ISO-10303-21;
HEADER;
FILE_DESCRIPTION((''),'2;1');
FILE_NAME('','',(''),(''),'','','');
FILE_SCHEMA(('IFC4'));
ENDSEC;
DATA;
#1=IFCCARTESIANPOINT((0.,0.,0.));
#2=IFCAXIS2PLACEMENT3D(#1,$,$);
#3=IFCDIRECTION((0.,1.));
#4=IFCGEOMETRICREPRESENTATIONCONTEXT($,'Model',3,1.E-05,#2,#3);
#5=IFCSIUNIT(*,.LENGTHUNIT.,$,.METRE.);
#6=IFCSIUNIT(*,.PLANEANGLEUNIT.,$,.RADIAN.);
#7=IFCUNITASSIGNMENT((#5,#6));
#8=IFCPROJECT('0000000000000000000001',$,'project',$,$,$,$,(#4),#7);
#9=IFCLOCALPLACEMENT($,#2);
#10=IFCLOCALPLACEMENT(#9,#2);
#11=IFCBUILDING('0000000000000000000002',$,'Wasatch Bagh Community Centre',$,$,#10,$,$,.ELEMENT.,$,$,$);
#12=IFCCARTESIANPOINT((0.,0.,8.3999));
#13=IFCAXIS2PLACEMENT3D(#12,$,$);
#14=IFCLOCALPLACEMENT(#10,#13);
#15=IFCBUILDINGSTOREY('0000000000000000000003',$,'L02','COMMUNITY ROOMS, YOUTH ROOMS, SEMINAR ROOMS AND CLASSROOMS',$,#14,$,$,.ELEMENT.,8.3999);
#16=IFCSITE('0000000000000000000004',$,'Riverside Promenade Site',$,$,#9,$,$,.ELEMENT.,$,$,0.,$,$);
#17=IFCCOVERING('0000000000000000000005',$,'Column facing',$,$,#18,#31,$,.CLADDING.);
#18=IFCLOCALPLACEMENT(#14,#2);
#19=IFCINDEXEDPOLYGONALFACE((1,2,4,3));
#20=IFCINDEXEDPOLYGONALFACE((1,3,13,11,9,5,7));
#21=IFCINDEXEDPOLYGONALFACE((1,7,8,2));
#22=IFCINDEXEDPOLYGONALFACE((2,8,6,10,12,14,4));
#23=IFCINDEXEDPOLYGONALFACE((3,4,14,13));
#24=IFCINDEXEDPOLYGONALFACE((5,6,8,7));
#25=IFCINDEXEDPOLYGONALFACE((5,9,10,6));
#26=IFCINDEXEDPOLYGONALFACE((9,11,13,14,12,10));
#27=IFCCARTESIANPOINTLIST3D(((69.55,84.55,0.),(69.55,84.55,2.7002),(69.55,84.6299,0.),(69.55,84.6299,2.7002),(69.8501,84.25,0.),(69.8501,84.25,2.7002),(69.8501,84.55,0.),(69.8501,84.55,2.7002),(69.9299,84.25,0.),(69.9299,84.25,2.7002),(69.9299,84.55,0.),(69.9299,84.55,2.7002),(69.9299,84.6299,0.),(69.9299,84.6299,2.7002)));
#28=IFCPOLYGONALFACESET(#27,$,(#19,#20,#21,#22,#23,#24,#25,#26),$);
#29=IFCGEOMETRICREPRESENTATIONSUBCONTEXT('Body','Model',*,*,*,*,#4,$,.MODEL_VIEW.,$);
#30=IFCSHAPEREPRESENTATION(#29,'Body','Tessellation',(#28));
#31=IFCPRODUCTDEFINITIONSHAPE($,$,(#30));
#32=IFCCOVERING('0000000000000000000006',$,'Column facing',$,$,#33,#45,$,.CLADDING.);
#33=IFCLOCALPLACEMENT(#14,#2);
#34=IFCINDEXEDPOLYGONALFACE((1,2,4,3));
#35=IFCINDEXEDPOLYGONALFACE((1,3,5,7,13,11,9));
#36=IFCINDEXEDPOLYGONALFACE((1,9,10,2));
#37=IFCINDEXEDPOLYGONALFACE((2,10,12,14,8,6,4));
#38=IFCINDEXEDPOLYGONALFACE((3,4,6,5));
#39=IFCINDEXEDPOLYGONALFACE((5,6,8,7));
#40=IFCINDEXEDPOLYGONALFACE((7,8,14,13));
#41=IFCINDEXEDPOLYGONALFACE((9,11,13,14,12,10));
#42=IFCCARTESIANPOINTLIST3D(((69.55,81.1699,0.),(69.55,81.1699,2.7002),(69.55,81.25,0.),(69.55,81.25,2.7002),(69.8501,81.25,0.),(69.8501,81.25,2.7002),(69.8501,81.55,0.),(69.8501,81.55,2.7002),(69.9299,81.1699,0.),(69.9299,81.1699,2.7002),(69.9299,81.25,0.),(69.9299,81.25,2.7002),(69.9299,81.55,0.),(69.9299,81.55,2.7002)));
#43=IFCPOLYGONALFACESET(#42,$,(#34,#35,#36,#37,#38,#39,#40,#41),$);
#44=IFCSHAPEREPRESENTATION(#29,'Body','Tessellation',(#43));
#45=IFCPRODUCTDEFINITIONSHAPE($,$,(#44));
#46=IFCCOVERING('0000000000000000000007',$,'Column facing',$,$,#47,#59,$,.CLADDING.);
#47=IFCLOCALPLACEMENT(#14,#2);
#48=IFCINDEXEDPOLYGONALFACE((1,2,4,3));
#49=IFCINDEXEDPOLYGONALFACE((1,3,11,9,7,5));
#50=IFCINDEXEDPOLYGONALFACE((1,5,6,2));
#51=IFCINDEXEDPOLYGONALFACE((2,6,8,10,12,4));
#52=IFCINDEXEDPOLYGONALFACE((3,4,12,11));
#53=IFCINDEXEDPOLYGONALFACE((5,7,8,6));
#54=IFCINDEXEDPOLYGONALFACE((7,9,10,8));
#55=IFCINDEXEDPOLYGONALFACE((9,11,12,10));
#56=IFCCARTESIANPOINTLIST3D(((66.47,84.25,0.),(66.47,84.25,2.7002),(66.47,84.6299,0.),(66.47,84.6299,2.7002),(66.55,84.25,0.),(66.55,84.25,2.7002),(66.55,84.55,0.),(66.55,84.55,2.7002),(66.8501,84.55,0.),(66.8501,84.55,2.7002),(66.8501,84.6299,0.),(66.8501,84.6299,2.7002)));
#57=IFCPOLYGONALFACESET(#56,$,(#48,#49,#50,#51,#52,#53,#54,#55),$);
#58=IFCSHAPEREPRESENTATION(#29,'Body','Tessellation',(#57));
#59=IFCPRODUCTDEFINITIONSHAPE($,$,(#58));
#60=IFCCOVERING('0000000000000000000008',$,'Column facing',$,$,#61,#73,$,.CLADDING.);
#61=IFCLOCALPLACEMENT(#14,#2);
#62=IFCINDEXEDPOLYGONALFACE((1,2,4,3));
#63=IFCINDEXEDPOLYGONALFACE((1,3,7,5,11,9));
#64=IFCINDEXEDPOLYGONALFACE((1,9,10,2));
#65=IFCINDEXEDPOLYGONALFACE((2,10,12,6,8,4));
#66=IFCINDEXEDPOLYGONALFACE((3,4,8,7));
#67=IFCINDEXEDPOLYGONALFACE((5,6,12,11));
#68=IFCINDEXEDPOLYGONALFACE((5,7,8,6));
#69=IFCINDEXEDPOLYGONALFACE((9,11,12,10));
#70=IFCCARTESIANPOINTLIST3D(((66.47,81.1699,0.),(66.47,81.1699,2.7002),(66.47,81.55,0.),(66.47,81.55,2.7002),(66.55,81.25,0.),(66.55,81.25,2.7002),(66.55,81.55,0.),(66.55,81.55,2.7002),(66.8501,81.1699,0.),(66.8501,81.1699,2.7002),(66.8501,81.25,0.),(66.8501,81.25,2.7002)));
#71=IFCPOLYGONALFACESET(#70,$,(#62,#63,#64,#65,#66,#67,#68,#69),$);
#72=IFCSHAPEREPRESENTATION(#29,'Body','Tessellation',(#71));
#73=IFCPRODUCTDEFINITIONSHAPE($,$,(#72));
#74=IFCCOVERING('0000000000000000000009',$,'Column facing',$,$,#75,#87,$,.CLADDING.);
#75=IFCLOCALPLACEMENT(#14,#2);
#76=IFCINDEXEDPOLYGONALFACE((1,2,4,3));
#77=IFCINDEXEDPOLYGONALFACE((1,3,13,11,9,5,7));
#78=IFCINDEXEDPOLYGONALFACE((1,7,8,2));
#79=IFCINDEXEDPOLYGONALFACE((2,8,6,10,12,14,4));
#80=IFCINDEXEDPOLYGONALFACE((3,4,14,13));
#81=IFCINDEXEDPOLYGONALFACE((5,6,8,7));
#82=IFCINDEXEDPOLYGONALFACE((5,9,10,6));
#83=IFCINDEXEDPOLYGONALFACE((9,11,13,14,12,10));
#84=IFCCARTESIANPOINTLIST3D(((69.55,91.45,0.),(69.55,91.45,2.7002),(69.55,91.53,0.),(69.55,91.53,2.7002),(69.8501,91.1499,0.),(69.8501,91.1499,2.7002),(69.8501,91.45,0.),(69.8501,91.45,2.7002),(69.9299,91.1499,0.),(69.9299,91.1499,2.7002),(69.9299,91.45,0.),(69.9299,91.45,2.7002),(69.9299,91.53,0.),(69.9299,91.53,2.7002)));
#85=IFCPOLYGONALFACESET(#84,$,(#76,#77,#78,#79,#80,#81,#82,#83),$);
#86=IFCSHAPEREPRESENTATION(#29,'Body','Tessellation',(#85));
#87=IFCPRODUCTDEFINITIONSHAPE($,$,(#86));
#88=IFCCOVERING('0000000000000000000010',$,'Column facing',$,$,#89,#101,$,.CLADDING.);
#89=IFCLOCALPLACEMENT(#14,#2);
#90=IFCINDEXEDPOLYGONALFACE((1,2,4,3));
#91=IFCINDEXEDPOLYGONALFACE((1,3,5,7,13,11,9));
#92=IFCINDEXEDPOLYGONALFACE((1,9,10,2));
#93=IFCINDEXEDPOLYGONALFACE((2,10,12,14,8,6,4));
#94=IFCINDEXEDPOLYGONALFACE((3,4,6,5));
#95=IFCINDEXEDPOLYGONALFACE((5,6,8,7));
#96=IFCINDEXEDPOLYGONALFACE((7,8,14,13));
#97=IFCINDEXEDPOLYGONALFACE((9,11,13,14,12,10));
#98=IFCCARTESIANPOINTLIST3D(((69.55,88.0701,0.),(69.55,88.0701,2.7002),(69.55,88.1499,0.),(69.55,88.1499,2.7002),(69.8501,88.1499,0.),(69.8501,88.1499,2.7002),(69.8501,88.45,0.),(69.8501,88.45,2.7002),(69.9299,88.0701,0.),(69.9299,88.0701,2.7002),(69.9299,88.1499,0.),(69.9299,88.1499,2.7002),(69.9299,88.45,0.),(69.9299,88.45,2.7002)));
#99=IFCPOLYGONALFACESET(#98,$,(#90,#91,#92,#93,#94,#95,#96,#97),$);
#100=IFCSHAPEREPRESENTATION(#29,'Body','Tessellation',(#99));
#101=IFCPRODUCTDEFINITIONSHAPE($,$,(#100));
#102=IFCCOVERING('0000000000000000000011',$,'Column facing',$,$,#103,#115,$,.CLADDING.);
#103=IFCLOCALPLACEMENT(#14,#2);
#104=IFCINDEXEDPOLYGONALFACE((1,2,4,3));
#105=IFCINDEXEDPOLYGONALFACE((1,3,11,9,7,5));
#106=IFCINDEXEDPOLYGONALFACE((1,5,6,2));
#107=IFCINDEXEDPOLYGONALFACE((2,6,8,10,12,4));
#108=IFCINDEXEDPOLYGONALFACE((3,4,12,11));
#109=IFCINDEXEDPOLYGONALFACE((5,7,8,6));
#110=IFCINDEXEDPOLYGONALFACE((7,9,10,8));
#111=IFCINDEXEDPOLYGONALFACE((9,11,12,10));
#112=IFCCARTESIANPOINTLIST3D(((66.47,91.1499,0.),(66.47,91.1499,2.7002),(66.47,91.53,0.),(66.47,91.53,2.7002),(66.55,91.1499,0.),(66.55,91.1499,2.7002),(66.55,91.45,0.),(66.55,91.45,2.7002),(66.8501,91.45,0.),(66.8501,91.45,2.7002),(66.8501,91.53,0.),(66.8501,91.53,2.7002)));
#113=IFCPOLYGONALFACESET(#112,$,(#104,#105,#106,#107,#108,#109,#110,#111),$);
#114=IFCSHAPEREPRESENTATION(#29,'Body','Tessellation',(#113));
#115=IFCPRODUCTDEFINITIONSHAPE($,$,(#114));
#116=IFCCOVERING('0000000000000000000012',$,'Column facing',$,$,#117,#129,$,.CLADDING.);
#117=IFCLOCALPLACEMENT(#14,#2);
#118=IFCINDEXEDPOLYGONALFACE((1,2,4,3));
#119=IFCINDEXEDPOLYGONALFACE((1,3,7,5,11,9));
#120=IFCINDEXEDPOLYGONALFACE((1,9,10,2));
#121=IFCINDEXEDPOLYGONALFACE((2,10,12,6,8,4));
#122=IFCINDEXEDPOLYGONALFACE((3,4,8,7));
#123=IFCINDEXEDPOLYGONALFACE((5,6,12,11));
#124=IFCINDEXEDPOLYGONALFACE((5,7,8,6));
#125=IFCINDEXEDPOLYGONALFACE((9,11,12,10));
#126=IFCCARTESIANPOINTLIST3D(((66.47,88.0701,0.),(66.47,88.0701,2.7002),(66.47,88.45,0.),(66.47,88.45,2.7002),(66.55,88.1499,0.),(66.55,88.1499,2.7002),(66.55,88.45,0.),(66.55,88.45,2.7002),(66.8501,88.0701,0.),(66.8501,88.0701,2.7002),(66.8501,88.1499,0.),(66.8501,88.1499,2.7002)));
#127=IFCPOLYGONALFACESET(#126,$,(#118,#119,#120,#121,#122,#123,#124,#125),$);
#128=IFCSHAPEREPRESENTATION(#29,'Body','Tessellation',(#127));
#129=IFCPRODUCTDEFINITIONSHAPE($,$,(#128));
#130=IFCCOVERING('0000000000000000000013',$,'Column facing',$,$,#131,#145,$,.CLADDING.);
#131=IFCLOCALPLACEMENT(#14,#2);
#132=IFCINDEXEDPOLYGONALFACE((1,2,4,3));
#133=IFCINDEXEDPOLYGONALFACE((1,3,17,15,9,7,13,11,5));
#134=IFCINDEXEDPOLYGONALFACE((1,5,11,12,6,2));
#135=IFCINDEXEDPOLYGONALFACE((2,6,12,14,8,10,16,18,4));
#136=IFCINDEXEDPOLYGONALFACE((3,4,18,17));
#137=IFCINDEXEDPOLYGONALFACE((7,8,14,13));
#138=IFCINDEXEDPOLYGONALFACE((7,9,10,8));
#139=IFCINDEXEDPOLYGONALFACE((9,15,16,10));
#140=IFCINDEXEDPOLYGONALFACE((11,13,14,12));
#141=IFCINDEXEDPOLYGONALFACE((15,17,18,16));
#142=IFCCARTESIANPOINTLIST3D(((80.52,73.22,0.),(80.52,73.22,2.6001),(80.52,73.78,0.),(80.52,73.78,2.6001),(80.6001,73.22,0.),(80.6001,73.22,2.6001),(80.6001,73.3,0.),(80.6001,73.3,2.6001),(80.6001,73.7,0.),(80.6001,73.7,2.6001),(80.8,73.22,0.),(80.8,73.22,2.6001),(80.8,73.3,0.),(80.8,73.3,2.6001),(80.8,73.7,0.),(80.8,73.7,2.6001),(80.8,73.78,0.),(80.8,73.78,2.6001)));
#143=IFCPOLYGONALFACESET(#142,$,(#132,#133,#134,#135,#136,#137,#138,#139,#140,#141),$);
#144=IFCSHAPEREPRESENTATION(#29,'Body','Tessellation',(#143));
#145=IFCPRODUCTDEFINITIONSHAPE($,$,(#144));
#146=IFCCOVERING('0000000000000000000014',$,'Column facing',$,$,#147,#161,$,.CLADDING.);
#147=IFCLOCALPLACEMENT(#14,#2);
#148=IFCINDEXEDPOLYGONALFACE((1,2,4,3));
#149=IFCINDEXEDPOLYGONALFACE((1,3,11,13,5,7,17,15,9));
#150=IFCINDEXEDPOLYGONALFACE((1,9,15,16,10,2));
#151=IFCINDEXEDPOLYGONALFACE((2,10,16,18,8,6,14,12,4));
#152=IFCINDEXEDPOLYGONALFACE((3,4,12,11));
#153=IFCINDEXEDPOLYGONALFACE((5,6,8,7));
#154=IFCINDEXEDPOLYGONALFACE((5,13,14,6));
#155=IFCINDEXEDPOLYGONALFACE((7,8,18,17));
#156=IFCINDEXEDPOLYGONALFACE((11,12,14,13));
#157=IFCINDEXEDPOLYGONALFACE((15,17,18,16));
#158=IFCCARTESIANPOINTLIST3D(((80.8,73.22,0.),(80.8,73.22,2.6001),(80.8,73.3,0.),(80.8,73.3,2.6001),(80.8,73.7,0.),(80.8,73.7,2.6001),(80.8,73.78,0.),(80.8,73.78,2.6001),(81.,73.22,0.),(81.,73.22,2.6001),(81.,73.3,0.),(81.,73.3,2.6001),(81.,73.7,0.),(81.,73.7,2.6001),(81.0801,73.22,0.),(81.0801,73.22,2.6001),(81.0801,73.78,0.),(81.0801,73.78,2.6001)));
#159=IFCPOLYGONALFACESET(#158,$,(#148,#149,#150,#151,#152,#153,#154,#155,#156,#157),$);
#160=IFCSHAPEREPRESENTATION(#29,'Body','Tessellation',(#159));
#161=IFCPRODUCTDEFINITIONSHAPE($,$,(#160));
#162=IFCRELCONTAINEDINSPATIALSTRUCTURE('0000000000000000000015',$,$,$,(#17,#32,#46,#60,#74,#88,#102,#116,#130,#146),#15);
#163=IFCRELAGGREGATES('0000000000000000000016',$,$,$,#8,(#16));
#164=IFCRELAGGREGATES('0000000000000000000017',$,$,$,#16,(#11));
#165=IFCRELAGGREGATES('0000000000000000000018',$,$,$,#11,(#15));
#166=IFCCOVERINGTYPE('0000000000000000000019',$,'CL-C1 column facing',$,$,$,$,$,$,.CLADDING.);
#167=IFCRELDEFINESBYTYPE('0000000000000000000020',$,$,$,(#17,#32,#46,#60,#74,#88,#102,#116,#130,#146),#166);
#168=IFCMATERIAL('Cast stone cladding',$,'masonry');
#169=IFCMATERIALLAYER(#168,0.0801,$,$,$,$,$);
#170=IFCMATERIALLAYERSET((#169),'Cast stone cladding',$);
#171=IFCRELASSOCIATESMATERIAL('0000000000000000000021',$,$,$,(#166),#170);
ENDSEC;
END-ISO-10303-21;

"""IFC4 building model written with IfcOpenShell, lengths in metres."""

from ifc_helpers import new_model, si_unit, direction, frame, origin, place, context, subcontext, project, spatial, polyline, outline, extrude, material, layer, layer_set, type_object, element, save


model = new_model("IFC4")

# Units and contexts
model_context = context("Model", 3, precision=1e-05, world=origin(), true_north=direction((0.0, 1.0)))
body_context = subcontext(model_context, "Body", "Model", "MODEL_VIEW")
ifc_project = project(units=[si_unit("LENGTHUNIT", "METRE"), si_unit("PLANEANGLEUNIT", "RADIAN")], contexts=[model_context])

# Site, building, storey
site_placement = place(None, origin())
site = spatial("IfcSite", under=ifc_project, at=site_placement, Name="Riverside Promenade Site", CompositionType="ELEMENT", RefElevation=0.0)
building_placement = place(site_placement, origin())
building = spatial("IfcBuilding", under=site, at=building_placement, Name="Wasatch Bagh Community Centre", CompositionType="ELEMENT")
storey_placement = place(building_placement, frame((0.0, 0.0, 8.3999)))
storey = spatial("IfcBuildingStorey", under=building, at=storey_placement, Name="L02", Description="COMMUNITY ROOMS, YOUTH ROOMS, SEMINAR ROOMS AND CLASSROOMS", CompositionType="ELEMENT", Elevation=8.3999)

# Coverings
ifc_material = material(Name="Cast stone cladding", Category="masonry")
ifc_layer = layer(ifc_material, 0.0801)
ifc_layer_set = layer_set([ifc_layer], Name="Cast stone cladding")
covering_type = type_object("IfcCoveringType", Name="CL-C1 column facing", PredefinedType="CLADDING", material=ifc_layer_set)
covering_1_placement = place(storey_placement, origin())
element("IfcCovering", 1, at=covering_1_placement, inside=storey, type_object=covering_type, Name="Column facing", PredefinedType="CLADDING", context=body_context, shape_type="SweptSolid", body=[
    extrude(outline(polyline([(69.8501, 84.55), (69.55, 84.55), (69.55, 84.6299), (69.9299, 84.6299), (69.9299, 84.55), (69.9299, 84.25), (69.8501, 84.25), (69.8501, 84.55)])), origin(), (0.0, 0.0, 1.0), 2.7002),
])
covering_2_placement = place(storey_placement, origin())
element("IfcCovering", 2, at=covering_2_placement, inside=storey, type_object=covering_type, Name="Column facing", PredefinedType="CLADDING", context=body_context, shape_type="SweptSolid", body=[
    extrude(outline(polyline([(69.8501, 81.25), (69.8501, 81.55), (69.9299, 81.55), (69.9299, 81.25), (69.9299, 81.1699), (69.55, 81.1699), (69.55, 81.25), (69.8501, 81.25)])), origin(), (0.0, 0.0, 1.0), 2.7002),
])
covering_3_placement = place(storey_placement, origin())
element("IfcCovering", 3, at=covering_3_placement, inside=storey, type_object=covering_type, Name="Column facing", PredefinedType="CLADDING", context=body_context, shape_type="SweptSolid", body=[
    extrude(outline(polyline([(66.55, 84.25), (66.47, 84.25), (66.47, 84.6299), (66.8501, 84.6299), (66.8501, 84.55), (66.55, 84.55), (66.55, 84.25)])), origin(), (0.0, 0.0, 1.0), 2.7002),
])
covering_4_placement = place(storey_placement, origin())
element("IfcCovering", 4, at=covering_4_placement, inside=storey, type_object=covering_type, Name="Column facing", PredefinedType="CLADDING", context=body_context, shape_type="SweptSolid", body=[
    extrude(outline(polyline([(66.47, 81.1699), (66.47, 81.55), (66.55, 81.55), (66.55, 81.25), (66.8501, 81.25), (66.8501, 81.1699), (66.47, 81.1699)])), origin(), (0.0, 0.0, 1.0), 2.7002),
])
covering_5_placement = place(storey_placement, origin())
element("IfcCovering", 5, at=covering_5_placement, inside=storey, type_object=covering_type, Name="Column facing", PredefinedType="CLADDING", context=body_context, shape_type="SweptSolid", body=[
    extrude(outline(polyline([(69.8501, 91.45), (69.55, 91.45), (69.55, 91.53), (69.9299, 91.53), (69.9299, 91.45), (69.9299, 91.1499), (69.8501, 91.1499), (69.8501, 91.45)])), origin(), (0.0, 0.0, 1.0), 2.7002),
])
covering_6_placement = place(storey_placement, origin())
element("IfcCovering", 6, at=covering_6_placement, inside=storey, type_object=covering_type, Name="Column facing", PredefinedType="CLADDING", context=body_context, shape_type="SweptSolid", body=[
    extrude(outline(polyline([(69.8501, 88.1499), (69.8501, 88.45), (69.9299, 88.45), (69.9299, 88.1499), (69.9299, 88.0701), (69.55, 88.0701), (69.55, 88.1499), (69.8501, 88.1499)])), origin(), (0.0, 0.0, 1.0), 2.7002),
])
covering_7_placement = place(storey_placement, origin())
element("IfcCovering", 7, at=covering_7_placement, inside=storey, type_object=covering_type, Name="Column facing", PredefinedType="CLADDING", context=body_context, shape_type="SweptSolid", body=[
    extrude(outline(polyline([(66.55, 91.1499), (66.47, 91.1499), (66.47, 91.53), (66.8501, 91.53), (66.8501, 91.45), (66.55, 91.45), (66.55, 91.1499)])), origin(), (0.0, 0.0, 1.0), 2.7002),
])
covering_8_placement = place(storey_placement, origin())
element("IfcCovering", 8, at=covering_8_placement, inside=storey, type_object=covering_type, Name="Column facing", PredefinedType="CLADDING", context=body_context, shape_type="SweptSolid", body=[
    extrude(outline(polyline([(66.47, 88.0701), (66.47, 88.45), (66.55, 88.45), (66.55, 88.1499), (66.8501, 88.1499), (66.8501, 88.0701), (66.47, 88.0701)])), origin(), (0.0, 0.0, 1.0), 2.7002),
])
covering_9_placement = place(storey_placement, origin())
element("IfcCovering", 9, at=covering_9_placement, inside=storey, type_object=covering_type, Name="Column facing", PredefinedType="CLADDING", context=body_context, shape_type="SweptSolid", body=[
    extrude(outline(polyline([(80.8, 73.78), (80.8, 73.7), (80.6001, 73.7), (80.6001, 73.3), (80.8, 73.3), (80.8, 73.22), (80.6001, 73.22), (80.52, 73.22), (80.52, 73.78), (80.8, 73.78)])), origin(), (0.0, 0.0, 1.0), 2.6001),
])
covering_10_placement = place(storey_placement, origin())
element("IfcCovering", 10, at=covering_10_placement, inside=storey, type_object=covering_type, Name="Column facing", PredefinedType="CLADDING", context=body_context, shape_type="SweptSolid", body=[
    extrude(outline(polyline([(81.0801, 73.78), (81.0801, 73.22), (81.0, 73.22), (80.8, 73.22), (80.8, 73.3), (81.0, 73.3), (81.0, 73.7), (80.8, 73.7), (80.8, 73.78), (81.0801, 73.78)])), origin(), (0.0, 0.0, 1.0), 2.6001),
])

save(model, "model.ifc")
